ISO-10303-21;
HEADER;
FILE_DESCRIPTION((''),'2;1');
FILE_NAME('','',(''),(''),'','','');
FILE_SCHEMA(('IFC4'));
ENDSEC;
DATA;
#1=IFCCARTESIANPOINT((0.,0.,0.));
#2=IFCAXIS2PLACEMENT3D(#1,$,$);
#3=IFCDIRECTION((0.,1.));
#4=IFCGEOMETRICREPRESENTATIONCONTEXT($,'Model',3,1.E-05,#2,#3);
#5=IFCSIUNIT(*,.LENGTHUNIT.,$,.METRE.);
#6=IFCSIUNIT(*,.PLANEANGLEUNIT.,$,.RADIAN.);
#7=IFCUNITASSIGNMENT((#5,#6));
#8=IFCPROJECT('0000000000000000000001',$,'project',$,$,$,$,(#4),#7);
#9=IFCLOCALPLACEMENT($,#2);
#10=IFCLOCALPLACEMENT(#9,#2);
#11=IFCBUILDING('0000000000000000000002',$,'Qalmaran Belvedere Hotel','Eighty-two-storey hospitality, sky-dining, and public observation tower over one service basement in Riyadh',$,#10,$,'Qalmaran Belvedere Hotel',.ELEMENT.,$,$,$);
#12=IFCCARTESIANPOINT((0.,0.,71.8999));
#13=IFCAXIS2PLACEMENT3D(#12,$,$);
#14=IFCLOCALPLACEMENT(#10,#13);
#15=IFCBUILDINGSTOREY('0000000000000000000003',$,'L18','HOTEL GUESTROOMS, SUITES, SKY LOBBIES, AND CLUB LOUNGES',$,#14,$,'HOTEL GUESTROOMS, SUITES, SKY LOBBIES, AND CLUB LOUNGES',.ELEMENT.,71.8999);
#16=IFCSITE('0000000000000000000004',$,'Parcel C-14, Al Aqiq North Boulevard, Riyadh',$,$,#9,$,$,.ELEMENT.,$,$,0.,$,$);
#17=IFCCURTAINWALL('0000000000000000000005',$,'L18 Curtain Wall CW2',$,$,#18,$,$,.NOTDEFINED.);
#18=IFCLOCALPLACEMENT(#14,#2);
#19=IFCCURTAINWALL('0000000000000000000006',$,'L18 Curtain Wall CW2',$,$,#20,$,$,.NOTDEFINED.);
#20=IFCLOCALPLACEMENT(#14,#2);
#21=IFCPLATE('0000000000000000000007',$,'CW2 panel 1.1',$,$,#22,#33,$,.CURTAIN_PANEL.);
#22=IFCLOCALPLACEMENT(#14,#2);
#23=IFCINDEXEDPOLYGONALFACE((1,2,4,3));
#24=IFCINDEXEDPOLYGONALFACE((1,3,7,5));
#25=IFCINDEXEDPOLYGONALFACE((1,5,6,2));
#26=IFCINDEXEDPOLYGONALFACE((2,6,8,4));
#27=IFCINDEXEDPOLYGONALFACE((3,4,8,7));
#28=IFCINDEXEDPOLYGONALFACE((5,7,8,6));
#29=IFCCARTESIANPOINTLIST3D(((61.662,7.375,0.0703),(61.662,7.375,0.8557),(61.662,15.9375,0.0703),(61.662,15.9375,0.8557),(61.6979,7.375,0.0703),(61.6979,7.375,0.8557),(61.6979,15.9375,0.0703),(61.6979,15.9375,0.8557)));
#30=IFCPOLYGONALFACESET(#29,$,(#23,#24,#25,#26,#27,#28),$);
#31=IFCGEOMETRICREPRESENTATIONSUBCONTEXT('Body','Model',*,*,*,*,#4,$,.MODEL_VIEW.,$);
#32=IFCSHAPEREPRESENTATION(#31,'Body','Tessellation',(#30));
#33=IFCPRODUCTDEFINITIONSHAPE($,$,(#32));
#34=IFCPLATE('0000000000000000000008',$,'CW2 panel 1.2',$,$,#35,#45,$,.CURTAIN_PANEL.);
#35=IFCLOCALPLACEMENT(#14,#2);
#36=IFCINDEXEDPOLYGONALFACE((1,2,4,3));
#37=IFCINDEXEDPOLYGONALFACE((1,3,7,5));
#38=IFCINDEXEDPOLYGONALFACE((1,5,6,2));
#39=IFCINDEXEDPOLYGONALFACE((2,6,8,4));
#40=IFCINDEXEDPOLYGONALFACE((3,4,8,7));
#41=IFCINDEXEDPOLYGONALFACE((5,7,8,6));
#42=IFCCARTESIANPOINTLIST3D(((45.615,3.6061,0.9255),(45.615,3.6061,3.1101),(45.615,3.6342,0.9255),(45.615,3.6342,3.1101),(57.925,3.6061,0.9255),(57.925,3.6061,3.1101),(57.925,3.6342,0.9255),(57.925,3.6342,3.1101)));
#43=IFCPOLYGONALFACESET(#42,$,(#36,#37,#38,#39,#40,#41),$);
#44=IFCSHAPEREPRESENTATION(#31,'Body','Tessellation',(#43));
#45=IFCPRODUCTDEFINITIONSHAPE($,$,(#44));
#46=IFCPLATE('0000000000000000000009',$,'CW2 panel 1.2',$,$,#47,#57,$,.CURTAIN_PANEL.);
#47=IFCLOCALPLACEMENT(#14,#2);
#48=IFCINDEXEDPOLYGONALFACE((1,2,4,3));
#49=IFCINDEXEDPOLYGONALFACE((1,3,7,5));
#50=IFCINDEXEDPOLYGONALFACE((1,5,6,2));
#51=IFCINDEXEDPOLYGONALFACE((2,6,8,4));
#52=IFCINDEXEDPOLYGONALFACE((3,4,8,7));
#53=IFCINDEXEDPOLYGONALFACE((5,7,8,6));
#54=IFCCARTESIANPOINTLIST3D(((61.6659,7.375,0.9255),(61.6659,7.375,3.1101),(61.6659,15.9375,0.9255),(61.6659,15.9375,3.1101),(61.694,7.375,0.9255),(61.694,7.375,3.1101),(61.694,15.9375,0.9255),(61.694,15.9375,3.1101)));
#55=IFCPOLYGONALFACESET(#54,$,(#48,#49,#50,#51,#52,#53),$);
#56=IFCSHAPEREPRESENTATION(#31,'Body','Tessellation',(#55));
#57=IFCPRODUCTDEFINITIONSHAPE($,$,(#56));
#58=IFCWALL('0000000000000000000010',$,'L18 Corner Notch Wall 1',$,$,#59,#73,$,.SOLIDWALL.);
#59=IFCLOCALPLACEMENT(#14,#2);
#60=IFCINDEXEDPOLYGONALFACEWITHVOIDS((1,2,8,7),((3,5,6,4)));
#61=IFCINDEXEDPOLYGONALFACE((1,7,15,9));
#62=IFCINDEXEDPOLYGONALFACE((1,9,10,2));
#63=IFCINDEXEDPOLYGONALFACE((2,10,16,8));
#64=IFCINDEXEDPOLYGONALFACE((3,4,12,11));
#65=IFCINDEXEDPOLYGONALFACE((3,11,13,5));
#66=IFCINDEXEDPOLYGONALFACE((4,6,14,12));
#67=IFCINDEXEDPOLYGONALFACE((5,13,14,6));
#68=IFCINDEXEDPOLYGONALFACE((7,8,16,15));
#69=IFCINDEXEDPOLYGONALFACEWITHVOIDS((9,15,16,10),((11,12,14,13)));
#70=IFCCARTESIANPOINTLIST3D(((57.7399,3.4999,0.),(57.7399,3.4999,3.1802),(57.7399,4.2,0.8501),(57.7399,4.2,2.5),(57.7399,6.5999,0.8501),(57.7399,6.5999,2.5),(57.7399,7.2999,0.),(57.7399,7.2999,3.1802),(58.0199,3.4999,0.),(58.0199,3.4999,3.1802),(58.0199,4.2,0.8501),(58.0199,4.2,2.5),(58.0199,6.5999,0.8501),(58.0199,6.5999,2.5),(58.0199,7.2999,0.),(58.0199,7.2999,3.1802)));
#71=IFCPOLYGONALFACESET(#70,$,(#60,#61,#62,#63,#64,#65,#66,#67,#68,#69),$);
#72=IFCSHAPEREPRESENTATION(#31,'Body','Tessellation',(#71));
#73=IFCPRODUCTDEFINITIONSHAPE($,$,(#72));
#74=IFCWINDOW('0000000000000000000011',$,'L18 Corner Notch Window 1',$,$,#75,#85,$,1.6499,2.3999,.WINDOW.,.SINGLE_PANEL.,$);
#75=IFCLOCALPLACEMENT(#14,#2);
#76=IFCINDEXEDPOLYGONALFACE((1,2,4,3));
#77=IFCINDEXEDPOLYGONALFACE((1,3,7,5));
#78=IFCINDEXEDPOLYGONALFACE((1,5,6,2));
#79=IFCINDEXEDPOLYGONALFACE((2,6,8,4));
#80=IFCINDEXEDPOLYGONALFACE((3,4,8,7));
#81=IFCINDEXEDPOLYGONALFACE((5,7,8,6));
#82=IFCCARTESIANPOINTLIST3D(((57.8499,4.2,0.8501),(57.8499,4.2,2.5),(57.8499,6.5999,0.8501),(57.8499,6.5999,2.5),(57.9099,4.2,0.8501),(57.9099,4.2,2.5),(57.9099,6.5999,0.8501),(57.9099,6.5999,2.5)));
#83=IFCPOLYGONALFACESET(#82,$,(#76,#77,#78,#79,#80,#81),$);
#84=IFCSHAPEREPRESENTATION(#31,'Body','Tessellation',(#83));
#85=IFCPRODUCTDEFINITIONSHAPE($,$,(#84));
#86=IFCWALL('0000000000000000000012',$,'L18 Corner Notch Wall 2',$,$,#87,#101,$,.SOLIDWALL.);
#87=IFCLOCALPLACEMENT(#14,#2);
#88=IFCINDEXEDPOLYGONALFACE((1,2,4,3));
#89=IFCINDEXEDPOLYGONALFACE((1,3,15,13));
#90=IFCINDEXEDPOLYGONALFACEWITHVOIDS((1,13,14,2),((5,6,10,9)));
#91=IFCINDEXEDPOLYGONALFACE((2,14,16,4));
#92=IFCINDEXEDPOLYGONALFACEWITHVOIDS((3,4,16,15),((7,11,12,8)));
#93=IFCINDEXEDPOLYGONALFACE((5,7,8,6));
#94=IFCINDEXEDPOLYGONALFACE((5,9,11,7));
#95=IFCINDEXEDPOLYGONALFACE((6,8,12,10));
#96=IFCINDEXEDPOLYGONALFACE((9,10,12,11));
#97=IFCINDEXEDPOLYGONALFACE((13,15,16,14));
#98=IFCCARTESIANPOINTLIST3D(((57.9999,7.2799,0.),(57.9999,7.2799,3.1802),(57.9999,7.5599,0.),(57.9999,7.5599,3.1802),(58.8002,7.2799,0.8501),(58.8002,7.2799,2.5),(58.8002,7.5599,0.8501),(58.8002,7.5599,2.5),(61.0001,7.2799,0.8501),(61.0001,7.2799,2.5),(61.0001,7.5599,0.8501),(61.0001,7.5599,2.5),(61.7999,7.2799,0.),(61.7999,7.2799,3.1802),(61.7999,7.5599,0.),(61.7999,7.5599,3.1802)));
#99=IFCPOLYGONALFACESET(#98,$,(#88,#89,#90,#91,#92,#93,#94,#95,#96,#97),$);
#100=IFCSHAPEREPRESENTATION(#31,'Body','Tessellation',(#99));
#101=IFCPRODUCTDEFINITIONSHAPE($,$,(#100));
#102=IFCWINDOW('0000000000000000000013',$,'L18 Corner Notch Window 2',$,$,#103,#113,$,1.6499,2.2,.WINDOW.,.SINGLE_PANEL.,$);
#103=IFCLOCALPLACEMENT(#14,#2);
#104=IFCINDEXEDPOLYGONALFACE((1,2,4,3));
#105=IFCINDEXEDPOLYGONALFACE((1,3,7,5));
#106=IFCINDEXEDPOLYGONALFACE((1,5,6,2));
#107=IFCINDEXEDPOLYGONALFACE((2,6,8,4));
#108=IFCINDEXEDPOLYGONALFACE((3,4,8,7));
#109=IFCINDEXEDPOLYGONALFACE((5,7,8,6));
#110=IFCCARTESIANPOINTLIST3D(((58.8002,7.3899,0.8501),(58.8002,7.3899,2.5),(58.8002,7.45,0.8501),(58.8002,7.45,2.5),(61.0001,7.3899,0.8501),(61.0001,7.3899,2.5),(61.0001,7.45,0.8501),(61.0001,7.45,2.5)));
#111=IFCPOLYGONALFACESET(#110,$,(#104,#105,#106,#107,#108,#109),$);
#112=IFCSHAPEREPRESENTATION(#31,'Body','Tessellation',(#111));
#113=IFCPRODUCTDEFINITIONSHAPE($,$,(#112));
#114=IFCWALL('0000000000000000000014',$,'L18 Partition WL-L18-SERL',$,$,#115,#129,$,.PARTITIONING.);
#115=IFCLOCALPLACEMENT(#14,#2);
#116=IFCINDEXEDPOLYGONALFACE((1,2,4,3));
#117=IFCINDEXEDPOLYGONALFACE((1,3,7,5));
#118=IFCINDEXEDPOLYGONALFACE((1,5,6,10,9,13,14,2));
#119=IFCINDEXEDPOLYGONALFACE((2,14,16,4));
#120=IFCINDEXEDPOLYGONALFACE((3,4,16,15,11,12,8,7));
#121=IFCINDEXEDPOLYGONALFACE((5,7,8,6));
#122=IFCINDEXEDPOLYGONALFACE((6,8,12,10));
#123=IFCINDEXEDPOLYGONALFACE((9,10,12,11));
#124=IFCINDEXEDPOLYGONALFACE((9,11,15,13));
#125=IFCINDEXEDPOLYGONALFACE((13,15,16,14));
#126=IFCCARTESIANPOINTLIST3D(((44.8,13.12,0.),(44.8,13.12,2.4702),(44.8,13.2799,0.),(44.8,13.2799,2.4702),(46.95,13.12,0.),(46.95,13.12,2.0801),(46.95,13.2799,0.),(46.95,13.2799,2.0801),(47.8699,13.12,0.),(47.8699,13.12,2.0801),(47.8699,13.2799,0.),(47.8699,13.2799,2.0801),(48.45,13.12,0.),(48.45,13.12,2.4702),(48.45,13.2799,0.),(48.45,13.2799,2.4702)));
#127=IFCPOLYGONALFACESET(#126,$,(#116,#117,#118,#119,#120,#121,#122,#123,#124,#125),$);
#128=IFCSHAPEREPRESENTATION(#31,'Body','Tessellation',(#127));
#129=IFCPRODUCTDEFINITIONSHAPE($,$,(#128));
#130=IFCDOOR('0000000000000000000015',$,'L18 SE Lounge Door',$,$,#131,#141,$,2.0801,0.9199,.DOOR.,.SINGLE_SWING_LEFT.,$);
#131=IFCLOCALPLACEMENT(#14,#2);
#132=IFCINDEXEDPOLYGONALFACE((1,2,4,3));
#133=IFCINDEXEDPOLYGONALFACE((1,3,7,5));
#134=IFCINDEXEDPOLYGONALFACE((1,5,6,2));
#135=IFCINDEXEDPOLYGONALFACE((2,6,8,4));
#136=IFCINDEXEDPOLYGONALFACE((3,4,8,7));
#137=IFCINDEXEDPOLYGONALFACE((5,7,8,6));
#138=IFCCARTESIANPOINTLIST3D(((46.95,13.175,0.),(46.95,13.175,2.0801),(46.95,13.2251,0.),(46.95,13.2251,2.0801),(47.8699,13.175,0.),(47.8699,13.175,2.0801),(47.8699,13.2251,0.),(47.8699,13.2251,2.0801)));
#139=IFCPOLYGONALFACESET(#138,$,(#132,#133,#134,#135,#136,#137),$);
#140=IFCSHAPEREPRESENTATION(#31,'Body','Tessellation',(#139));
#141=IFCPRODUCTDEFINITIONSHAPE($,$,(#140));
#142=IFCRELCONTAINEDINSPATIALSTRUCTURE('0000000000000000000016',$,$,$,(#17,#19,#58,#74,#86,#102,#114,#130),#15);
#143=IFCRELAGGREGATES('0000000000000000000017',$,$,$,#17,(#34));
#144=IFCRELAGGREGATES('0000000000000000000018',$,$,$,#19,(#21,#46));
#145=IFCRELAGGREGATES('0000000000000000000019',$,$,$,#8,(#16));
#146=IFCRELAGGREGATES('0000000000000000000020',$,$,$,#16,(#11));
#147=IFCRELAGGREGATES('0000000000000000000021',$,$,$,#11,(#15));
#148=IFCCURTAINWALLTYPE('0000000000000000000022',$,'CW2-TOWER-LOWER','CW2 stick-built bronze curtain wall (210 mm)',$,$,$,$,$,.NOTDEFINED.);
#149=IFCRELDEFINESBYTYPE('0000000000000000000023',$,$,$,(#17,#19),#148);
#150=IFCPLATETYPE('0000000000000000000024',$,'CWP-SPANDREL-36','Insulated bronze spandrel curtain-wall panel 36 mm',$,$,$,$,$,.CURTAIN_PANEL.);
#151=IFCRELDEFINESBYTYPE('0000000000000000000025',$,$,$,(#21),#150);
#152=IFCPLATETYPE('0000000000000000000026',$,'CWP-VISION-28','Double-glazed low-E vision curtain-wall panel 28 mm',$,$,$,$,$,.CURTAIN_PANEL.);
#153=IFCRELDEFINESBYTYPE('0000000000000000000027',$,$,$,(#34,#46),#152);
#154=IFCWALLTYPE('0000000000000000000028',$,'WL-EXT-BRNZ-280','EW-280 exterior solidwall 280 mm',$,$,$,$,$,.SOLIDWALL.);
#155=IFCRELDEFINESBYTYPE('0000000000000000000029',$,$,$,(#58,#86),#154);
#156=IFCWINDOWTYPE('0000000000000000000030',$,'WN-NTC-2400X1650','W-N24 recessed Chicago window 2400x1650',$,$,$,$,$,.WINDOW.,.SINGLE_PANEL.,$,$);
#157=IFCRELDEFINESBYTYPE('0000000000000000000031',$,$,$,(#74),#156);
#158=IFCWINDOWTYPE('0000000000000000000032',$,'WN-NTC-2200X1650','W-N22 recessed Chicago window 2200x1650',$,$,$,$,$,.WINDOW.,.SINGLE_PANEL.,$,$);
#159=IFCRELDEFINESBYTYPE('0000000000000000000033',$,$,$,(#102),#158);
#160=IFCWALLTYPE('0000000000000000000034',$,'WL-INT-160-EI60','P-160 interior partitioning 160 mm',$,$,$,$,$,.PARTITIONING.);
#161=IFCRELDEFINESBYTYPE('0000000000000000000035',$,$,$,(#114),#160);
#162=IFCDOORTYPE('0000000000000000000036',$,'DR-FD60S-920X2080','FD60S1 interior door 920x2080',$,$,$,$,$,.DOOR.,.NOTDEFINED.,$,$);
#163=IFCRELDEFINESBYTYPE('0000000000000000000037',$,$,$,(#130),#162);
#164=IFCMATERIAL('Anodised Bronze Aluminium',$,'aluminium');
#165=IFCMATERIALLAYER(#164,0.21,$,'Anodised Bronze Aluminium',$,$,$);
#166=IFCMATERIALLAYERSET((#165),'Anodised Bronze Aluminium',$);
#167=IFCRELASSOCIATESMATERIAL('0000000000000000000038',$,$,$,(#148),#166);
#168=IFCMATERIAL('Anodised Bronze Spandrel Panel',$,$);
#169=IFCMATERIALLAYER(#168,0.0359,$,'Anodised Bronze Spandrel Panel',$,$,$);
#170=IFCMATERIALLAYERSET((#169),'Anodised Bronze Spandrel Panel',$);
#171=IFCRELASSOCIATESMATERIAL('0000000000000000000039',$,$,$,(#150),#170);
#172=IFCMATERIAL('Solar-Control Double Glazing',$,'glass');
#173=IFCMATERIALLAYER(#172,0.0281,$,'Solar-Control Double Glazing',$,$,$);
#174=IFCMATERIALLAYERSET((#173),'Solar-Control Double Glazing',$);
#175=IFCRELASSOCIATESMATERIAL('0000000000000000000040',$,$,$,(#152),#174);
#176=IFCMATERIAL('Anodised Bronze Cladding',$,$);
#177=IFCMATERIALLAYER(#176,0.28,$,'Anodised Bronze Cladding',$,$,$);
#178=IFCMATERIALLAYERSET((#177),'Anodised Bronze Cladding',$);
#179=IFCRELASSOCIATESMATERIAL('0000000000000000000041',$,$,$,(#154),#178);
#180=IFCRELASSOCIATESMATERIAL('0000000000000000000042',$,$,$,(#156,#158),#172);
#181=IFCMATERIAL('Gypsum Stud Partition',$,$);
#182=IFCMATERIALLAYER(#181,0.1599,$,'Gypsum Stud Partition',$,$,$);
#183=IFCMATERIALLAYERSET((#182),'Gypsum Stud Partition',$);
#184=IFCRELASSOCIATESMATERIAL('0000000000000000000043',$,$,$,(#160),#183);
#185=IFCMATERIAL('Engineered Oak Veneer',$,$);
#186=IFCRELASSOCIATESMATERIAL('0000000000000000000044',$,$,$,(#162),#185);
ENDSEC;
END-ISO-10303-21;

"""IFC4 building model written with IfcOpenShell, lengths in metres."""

from ifc_helpers import new_model, si_unit, direction, frame, frame_2d, origin, origin_2d, place, context, subcontext, project, spatial, rectangle, extrude, material, layer, layer_set, type_object, element, fill, aggregate, save


model = new_model("IFC4")

# Units and contexts
model_context = context("Model", 3, precision=1e-05, world=origin(), true_north=direction((0.0, 1.0)))
body_context = subcontext(model_context, "Body", "Model", "MODEL_VIEW")
ifc_project = project(units=[si_unit("LENGTHUNIT", "METRE"), si_unit("PLANEANGLEUNIT", "RADIAN")], contexts=[model_context])

# Site, building, storey
site_placement = place(None, origin())
site = spatial("IfcSite", under=ifc_project, at=site_placement, Name="Parcel C-14, Al Aqiq North Boulevard, Riyadh", CompositionType="ELEMENT", RefElevation=0.0)
building_placement = place(site_placement, origin())
building = spatial("IfcBuilding", under=site, at=building_placement, Name="Qalmaran Belvedere Hotel", Description="Eighty-two-storey hospitality, sky-dining, and public observation tower over one service basement in Riyadh", LongName="Qalmaran Belvedere Hotel", CompositionType="ELEMENT")
storey_placement = place(building_placement, frame((0.0, 0.0, 71.8999)))
storey = spatial("IfcBuildingStorey", under=building, at=storey_placement, Name="L18", Description="HOTEL GUESTROOMS, SUITES, SKY LOBBIES, AND CLUB LOUNGES", LongName="HOTEL GUESTROOMS, SUITES, SKY LOBBIES, AND CLUB LOUNGES", CompositionType="ELEMENT", Elevation=71.8999)

# Curtain wall
ifc_material_1 = material(Name="Anodised Bronze Aluminium", Category="aluminium")
ifc_layer_1 = layer(ifc_material_1, 0.21, Name="Anodised Bronze Aluminium")
ifc_layer_set_1 = layer_set([ifc_layer_1], Name="Anodised Bronze Aluminium")
curtain_wall_type = type_object("IfcCurtainWallType", Name="CW2-TOWER-LOWER", Description="CW2 stick-built bronze curtain wall (210 mm)", PredefinedType="NOTDEFINED", material=ifc_layer_set_1)
curtain_wall_1_placement = place(storey_placement, origin())
curtain_wall_1 = element("IfcCurtainWall", 1, at=curtain_wall_1_placement, inside=storey, type_object=curtain_wall_type, Name="L18 Curtain Wall CW2", PredefinedType="NOTDEFINED")

# Curtain wall
curtain_wall_2_placement = place(storey_placement, origin())
curtain_wall_2 = element("IfcCurtainWall", 2, at=curtain_wall_2_placement, inside=storey, type_object=curtain_wall_type, Name="L18 Curtain Wall CW2", PredefinedType="NOTDEFINED")

# Plates
ifc_material_2 = material(Name="Anodised Bronze Spandrel Panel")
ifc_layer_2 = layer(ifc_material_2, 0.0359, Name="Anodised Bronze Spandrel Panel")
ifc_layer_set_2 = layer_set([ifc_layer_2], Name="Anodised Bronze Spandrel Panel")
plate_type_1 = type_object("IfcPlateType", Name="CWP-SPANDREL-36", Description="Insulated bronze spandrel curtain-wall panel 36 mm", PredefinedType="CURTAIN_PANEL", material=ifc_layer_set_2)
plate_1_placement = place(storey_placement, frame((61.6799, 11.6562, 0.0703), z_axis=(0.0, 0.0, 1.0), x_axis=(0.0, 1.0, 0.0)))
plate_1 = element("IfcPlate", 3, at=plate_1_placement, type_object=plate_type_1, Name="CW2 panel 1.1", PredefinedType="CURTAIN_PANEL", context=body_context, shape_type="SweptSolid", body=[
    extrude(rectangle(XDim=8.5625, YDim=0.0359, at=origin_2d()), origin(), (0.0, 0.0, 1.0), 0.7854),
])
ifc_material_3 = material(Name="Solar-Control Double Glazing", Category="glass")
ifc_layer_3 = layer(ifc_material_3, 0.0281, Name="Solar-Control Double Glazing")
ifc_layer_set_3 = layer_set([ifc_layer_3], Name="Solar-Control Double Glazing")
plate_type_2 = type_object("IfcPlateType", Name="CWP-VISION-28", Description="Double-glazed low-E vision curtain-wall panel 28 mm", PredefinedType="CURTAIN_PANEL", material=ifc_layer_set_3)
plate_2_placement = place(storey_placement, frame((51.77, 3.6201, 0.9255), z_axis=(0.0, 0.0, 1.0), x_axis=(1.0, 0.0, 0.0)))
plate_2 = element("IfcPlate", 4, at=plate_2_placement, type_object=plate_type_2, Name="CW2 panel 1.2", PredefinedType="CURTAIN_PANEL", context=body_context, shape_type="SweptSolid", body=[
    extrude(rectangle(XDim=12.3101, YDim=0.0281, at=origin_2d()), origin(), (0.0, 0.0, 1.0), 2.1846),
])
aggregate(curtain_wall_1, [plate_2])
plate_3_placement = place(storey_placement, frame((61.6799, 11.6562, 0.9255), z_axis=(0.0, 0.0, 1.0), x_axis=(0.0, 1.0, 0.0)))
plate_3 = element("IfcPlate", 5, at=plate_3_placement, type_object=plate_type_2, Name="CW2 panel 1.2", PredefinedType="CURTAIN_PANEL", context=body_context, shape_type="SweptSolid", body=[
    extrude(rectangle(XDim=8.5625, YDim=0.0281, at=origin_2d()), origin(), (0.0, 0.0, 1.0), 2.1846),
])
aggregate(curtain_wall_2, [plate_1, plate_3])

# Walls, openings, windows
ifc_material_4 = material(Name="Anodised Bronze Cladding")
ifc_layer_4 = layer(ifc_material_4, 0.28, Name="Anodised Bronze Cladding")
ifc_layer_set_4 = layer_set([ifc_layer_4], Name="Anodised Bronze Cladding")
wall_type_1 = type_object("IfcWallType", Name="WL-EXT-BRNZ-280", Description="EW-280 exterior solidwall 280 mm", PredefinedType="SOLIDWALL", material=ifc_layer_set_4)
wall_1_placement = place(storey_placement, frame((57.8799, 3.5, 0.0), z_axis=(0.0, 0.0, 1.0), x_axis=(0.0, 1.0, 0.0)))
wall_1 = element("IfcWall", 6, at=wall_1_placement, inside=storey, type_object=wall_type_1, Name="L18 Corner Notch Wall 1", PredefinedType="SOLIDWALL", context=body_context, shape_type="SweptSolid", body=[
    extrude(rectangle(XDim=3.8, YDim=0.28, at=frame_2d((1.8999, 0.0))), origin(), (0.0, 0.0, 1.0), 3.1802),
])
opening_1_placement = place(wall_1_placement, frame((0.7, 0.0, 0.8501)))
opening_1 = element("IfcOpeningElement", 7, at=opening_1_placement, cuts=wall_1, PredefinedType="OPENING", context=body_context, shape_type="SweptSolid", body=[
    extrude(rectangle(XDim=2.3999, YDim=1.6499, at=frame_2d((1.2, 0.825))), frame((0.0, 0.1499, 0.0), z_axis=(0.0, -1.0, 0.0), x_axis=(1.0, 0.0, 0.0)), (0.0, 0.0, 1.0), 0.3),
])
window_type_1 = type_object("IfcWindowType", Name="WN-NTC-2400X1650", Description="W-N24 recessed Chicago window 2400x1650", PartitioningType="SINGLE_PANEL", PredefinedType="WINDOW", material=ifc_material_3)
window_1_placement = place(opening_1_placement, origin())
window_1 = element("IfcWindow", 8, at=window_1_placement, inside=storey, type_object=window_type_1, Name="L18 Corner Notch Window 1", OverallHeight=1.6499, OverallWidth=2.3999, PartitioningType="SINGLE_PANEL", PredefinedType="WINDOW", context=body_context, shape_type="SweptSolid", body=[
    extrude(rectangle(XDim=2.3999, YDim=1.6499, at=frame_2d((1.2, 0.825))), frame((0.0, 0.03, 0.0), z_axis=(0.0, -1.0, 0.0), x_axis=(1.0, 0.0, 0.0)), (0.0, 0.0, 1.0), 0.0601),
])
fill(opening_1, window_1)
wall_2_placement = place(storey_placement, frame((58.0, 7.4199, 0.0), z_axis=(0.0, 0.0, 1.0), x_axis=(1.0, 0.0, 0.0)))
wall_2 = element("IfcWall", 9, at=wall_2_placement, inside=storey, type_object=wall_type_1, Name="L18 Corner Notch Wall 2", PredefinedType="SOLIDWALL", context=body_context, shape_type="SweptSolid", body=[
    extrude(rectangle(XDim=3.8, YDim=0.28, at=frame_2d((1.8999, 0.0))), origin(), (0.0, 0.0, 1.0), 3.1802),
])
opening_2_placement = place(wall_2_placement, frame((0.8, 0.0, 0.8501)))
opening_2 = element("IfcOpeningElement", 10, at=opening_2_placement, cuts=wall_2, PredefinedType="OPENING", context=body_context, shape_type="SweptSolid", body=[
    extrude(rectangle(XDim=2.2, YDim=1.6499, at=frame_2d((1.1001, 0.825))), frame((0.0, 0.1499, 0.0), z_axis=(0.0, -1.0, 0.0), x_axis=(1.0, 0.0, 0.0)), (0.0, 0.0, 1.0), 0.3),
])
window_type_2 = type_object("IfcWindowType", Name="WN-NTC-2200X1650", Description="W-N22 recessed Chicago window 2200x1650", PartitioningType="SINGLE_PANEL", PredefinedType="WINDOW", material=ifc_material_3)
window_2_placement = place(opening_2_placement, origin())
window_2 = element("IfcWindow", 11, at=window_2_placement, inside=storey, type_object=window_type_2, Name="L18 Corner Notch Window 2", OverallHeight=1.6499, OverallWidth=2.2, PartitioningType="SINGLE_PANEL", PredefinedType="WINDOW", context=body_context, shape_type="SweptSolid", body=[
    extrude(rectangle(XDim=2.2, YDim=1.6499, at=frame_2d((1.1001, 0.825))), frame((0.0, 0.03, 0.0), z_axis=(0.0, -1.0, 0.0), x_axis=(1.0, 0.0, 0.0)), (0.0, 0.0, 1.0), 0.0601),
])
fill(opening_2, window_2)

# Wall, opening, door
ifc_material_5 = material(Name="Gypsum Stud Partition")
ifc_layer_5 = layer(ifc_material_5, 0.1599, Name="Gypsum Stud Partition")
ifc_layer_set_5 = layer_set([ifc_layer_5], Name="Gypsum Stud Partition")
wall_type_2 = type_object("IfcWallType", Name="WL-INT-160-EI60", Description="P-160 interior partitioning 160 mm", PredefinedType="PARTITIONING", material=ifc_layer_set_5)
wall_3_placement = place(storey_placement, frame((44.8, 13.2, 0.0), z_axis=(0.0, 0.0, 1.0), x_axis=(1.0, 0.0, 0.0)))
wall_3 = element("IfcWall", 12, at=wall_3_placement, inside=storey, type_object=wall_type_2, Name="L18 Partition WL-L18-SERL", PredefinedType="PARTITIONING", context=body_context, shape_type="SweptSolid", body=[
    extrude(rectangle(XDim=3.6499, YDim=0.1599, at=frame_2d((1.825, 0.0))), origin(), (0.0, 0.0, 1.0), 2.4702),
])
opening_3_placement = place(wall_3_placement, frame((3.0698, 0.0, 0.0), z_axis=(0.0, 0.0, 1.0), x_axis=(-1.0, 0.0, 0.0)))
opening_3 = element("IfcOpeningElement", 13, at=opening_3_placement, cuts=wall_3, PredefinedType="OPENING", context=body_context, shape_type="SweptSolid", body=[
    extrude(rectangle(XDim=0.9199, YDim=2.0801, at=frame_2d((0.46, 1.04))), frame((0.0, 0.0898, 0.0), z_axis=(0.0, -1.0, 0.0), x_axis=(1.0, 0.0, 0.0)), (0.0, 0.0, 1.0), 0.1799),
])
ifc_material_6 = material(Name="Engineered Oak Veneer")
door_type = type_object("IfcDoorType", Name="DR-FD60S-920X2080", Description="FD60S1 interior door 920x2080", OperationType="NOTDEFINED", PredefinedType="DOOR", material=ifc_material_6)
door_placement = place(opening_3_placement, origin())
door = element("IfcDoor", 14, at=door_placement, inside=storey, type_object=door_type, Name="L18 SE Lounge Door", OperationType="SINGLE_SWING_LEFT", OverallHeight=2.0801, OverallWidth=0.9199, PredefinedType="DOOR", context=body_context, shape_type="SweptSolid", body=[
    extrude(rectangle(XDim=0.9199, YDim=2.0801, at=frame_2d((0.46, 1.04))), frame((0.0, 0.0249, 0.0), z_axis=(0.0, -1.0, 0.0), x_axis=(1.0, 0.0, 0.0)), (0.0, 0.0, 1.0), 0.05),
])
fill(opening_3, door)

save(model, "model.ifc")
